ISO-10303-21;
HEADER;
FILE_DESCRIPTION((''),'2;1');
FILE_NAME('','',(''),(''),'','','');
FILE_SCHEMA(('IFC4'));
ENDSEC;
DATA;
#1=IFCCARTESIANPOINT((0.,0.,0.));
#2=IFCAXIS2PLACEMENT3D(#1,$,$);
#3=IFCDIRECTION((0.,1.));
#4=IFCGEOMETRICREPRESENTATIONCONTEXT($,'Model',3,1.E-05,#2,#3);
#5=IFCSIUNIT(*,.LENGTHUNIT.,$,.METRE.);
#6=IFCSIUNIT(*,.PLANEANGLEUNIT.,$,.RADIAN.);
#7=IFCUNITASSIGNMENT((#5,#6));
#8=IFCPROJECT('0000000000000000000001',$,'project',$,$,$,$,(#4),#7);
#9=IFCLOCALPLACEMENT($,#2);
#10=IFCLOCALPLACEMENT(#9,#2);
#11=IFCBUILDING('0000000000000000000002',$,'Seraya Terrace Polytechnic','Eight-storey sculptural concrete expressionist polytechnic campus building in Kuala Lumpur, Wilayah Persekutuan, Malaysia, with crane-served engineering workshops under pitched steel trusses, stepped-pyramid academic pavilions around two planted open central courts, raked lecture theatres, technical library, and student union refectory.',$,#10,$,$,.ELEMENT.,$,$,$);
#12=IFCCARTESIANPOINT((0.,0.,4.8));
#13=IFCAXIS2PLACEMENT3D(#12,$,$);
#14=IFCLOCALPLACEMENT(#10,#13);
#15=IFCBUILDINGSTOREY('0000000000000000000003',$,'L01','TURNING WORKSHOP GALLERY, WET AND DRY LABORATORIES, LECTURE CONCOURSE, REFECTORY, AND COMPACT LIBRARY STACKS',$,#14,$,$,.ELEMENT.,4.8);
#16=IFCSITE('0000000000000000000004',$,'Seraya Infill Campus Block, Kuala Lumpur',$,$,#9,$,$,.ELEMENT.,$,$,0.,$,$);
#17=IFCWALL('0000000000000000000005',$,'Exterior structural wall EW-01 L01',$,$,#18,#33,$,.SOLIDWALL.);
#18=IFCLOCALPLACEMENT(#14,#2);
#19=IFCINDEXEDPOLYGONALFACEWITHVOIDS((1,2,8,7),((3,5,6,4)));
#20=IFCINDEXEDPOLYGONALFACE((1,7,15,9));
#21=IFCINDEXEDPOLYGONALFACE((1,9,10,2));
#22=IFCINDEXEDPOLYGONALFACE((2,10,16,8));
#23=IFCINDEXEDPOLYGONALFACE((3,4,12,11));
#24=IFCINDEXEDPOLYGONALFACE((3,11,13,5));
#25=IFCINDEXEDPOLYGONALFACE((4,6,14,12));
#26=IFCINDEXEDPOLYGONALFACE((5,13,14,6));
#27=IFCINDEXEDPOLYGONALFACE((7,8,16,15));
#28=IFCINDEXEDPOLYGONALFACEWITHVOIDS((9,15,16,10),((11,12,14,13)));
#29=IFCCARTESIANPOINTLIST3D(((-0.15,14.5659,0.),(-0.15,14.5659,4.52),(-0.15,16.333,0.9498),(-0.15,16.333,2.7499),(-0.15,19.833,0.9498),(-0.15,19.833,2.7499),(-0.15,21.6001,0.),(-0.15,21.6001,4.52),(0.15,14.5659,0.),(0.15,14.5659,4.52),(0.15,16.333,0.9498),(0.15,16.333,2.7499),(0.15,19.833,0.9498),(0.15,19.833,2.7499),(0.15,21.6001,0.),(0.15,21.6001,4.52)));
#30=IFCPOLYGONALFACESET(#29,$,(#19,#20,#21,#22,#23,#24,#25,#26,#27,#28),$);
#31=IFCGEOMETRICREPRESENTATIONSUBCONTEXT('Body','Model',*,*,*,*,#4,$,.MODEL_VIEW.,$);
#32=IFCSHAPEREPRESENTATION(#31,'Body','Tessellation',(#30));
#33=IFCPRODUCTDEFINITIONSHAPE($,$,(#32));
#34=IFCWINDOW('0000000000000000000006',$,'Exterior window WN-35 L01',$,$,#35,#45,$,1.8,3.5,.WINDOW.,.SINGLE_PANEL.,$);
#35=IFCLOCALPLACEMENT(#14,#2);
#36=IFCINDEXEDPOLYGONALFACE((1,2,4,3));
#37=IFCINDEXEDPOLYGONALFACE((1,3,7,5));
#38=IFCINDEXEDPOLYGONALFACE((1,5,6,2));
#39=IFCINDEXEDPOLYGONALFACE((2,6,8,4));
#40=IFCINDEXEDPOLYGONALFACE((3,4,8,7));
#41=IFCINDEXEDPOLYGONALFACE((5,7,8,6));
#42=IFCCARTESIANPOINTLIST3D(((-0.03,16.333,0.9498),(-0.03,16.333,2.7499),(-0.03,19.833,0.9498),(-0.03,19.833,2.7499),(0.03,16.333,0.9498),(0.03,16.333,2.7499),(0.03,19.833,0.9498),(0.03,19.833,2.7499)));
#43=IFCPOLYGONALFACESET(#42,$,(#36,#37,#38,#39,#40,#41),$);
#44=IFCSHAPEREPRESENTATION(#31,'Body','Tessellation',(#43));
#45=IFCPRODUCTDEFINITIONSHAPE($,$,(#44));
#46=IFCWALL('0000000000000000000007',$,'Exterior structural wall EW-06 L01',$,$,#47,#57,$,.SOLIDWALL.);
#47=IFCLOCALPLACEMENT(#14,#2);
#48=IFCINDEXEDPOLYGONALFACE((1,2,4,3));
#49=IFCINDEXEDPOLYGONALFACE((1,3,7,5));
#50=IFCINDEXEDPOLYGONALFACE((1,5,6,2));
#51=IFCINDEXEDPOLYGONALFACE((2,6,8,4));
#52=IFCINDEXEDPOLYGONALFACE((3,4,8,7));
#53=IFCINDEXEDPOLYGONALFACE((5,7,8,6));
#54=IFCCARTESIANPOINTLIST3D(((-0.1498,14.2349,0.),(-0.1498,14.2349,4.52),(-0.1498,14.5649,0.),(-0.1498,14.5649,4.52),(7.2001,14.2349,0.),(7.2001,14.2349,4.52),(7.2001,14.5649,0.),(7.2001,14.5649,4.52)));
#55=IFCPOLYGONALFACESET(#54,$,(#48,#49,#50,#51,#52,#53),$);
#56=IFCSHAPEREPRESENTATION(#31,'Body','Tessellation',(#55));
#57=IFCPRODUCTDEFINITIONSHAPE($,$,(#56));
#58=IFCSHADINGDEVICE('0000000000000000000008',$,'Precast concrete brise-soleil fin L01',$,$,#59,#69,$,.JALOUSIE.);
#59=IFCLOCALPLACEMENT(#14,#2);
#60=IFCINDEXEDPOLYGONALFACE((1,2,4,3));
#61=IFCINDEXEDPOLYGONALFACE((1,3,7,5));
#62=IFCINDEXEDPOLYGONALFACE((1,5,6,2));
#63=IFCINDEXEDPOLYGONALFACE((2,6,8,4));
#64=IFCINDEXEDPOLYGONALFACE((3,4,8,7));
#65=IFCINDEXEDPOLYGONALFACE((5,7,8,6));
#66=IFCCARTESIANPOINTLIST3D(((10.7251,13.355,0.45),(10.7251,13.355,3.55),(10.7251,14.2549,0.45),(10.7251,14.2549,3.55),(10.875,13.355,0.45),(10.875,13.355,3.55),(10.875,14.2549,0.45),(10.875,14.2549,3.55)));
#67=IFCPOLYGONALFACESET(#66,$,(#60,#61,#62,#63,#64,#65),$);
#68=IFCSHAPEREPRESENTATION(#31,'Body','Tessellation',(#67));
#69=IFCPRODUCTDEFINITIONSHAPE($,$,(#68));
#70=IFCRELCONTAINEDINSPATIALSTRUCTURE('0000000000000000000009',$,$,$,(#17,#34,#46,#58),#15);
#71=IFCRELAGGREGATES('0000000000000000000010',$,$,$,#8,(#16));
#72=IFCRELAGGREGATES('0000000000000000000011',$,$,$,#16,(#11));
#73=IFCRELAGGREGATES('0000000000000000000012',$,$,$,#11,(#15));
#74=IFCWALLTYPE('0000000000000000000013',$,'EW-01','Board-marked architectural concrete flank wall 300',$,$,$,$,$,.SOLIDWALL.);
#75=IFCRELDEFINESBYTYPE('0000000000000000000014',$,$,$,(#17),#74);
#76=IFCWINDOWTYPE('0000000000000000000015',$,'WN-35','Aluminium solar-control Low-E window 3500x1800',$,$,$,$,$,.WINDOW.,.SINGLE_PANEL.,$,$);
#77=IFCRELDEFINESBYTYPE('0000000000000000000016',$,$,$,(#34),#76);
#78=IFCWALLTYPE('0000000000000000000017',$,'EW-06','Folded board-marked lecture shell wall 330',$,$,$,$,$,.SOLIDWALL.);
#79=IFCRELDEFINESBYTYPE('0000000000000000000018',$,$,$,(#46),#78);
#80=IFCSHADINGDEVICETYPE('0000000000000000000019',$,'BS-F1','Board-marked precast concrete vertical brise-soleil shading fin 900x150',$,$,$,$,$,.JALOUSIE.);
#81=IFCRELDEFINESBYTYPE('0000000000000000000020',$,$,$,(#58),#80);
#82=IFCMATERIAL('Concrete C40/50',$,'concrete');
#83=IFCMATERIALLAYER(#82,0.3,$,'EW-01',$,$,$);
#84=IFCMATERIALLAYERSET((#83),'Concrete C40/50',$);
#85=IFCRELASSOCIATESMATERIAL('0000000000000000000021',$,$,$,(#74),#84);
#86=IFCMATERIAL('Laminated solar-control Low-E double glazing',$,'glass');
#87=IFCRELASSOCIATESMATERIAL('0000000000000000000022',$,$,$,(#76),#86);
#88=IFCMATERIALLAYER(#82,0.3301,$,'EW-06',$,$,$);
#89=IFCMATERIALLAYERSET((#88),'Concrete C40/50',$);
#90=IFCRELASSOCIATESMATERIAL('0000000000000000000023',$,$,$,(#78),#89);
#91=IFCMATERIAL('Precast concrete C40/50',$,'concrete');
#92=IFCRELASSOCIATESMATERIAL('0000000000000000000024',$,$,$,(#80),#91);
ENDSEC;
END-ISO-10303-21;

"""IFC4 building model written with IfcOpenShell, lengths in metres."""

from ifc_helpers import new_model, si_unit, direction, frame, frame_2d, origin, origin_2d, place, context, subcontext, project, spatial, rectangle, extrude, material, layer, layer_set, type_object, element, fill, save


model = new_model("IFC4")

# Units and contexts
model_context = context("Model", 3, precision=1e-05, world=origin(), true_north=direction((0.0, 1.0)))
body_context = subcontext(model_context, "Body", "Model", "MODEL_VIEW")
ifc_project = project(units=[si_unit("LENGTHUNIT", "METRE"), si_unit("PLANEANGLEUNIT", "RADIAN")], contexts=[model_context])

# Site, building, storey
site_placement = place(None, origin())
site = spatial("IfcSite", under=ifc_project, at=site_placement, Name="Seraya Infill Campus Block, Kuala Lumpur", CompositionType="ELEMENT", RefElevation=0.0)
building_placement = place(site_placement, origin())
building = spatial("IfcBuilding", under=site, at=building_placement, Name="Seraya Terrace Polytechnic", Description="Eight-storey sculptural concrete expressionist polytechnic campus building in Kuala Lumpur, Wilayah Persekutuan, Malaysia, with crane-served engineering workshops under pitched steel trusses, stepped-pyramid academic pavilions around two planted open central courts, raked lecture theatres, technical library, and student union refectory.", CompositionType="ELEMENT")
storey_placement = place(building_placement, frame((0.0, 0.0, 4.8)))
storey = spatial("IfcBuildingStorey", under=building, at=storey_placement, Name="L01", Description="TURNING WORKSHOP GALLERY, WET AND DRY LABORATORIES, LECTURE CONCOURSE, REFECTORY, AND COMPACT LIBRARY STACKS", CompositionType="ELEMENT", Elevation=4.8)

# Shared definitions
ifc_material_1 = material(Name="Concrete C40/50", Category="concrete")

# Wall, opening, window
ifc_layer_1 = layer(ifc_material_1, 0.3, Name="EW-01")
ifc_layer_set_1 = layer_set([ifc_layer_1], Name="Concrete C40/50")
wall_type_1 = type_object("IfcWallType", Name="EW-01", Description="Board-marked architectural concrete flank wall 300", PredefinedType="SOLIDWALL", material=ifc_layer_set_1)
wall_1_placement = place(storey_placement, frame((0.0, 14.5659, 0.0), z_axis=(0.0, 0.0, 1.0), x_axis=(0.0, 1.0, 0.0)))
wall_1 = element("IfcWall", 1, at=wall_1_placement, inside=storey, type_object=wall_type_1, Name="Exterior structural wall EW-01 L01", PredefinedType="SOLIDWALL", context=body_context, shape_type="SweptSolid", body=[
    extrude(rectangle(XDim=7.0342, YDim=0.3, at=frame_2d((3.5171, 0.0))), origin(), (0.0, 0.0, 1.0), 4.52),
])
opening_placement = place(wall_1_placement, frame((1.7671, 0.0, 0.95)))
opening = element("IfcOpeningElement", 2, at=opening_placement, cuts=wall_1, PredefinedType="OPENING", context=body_context, shape_type="SweptSolid", body=[
    extrude(rectangle(XDim=3.5, YDim=1.8, at=frame_2d((1.75, 0.8999))), frame((0.0, 0.1621, 0.0), z_axis=(0.0, -1.0, 0.0), x_axis=(1.0, 0.0, 0.0)), (0.0, 0.0, 1.0), 0.324),
])
ifc_material_2 = material(Name="Laminated solar-control Low-E double glazing", Category="glass")
window_type = type_object("IfcWindowType", Name="WN-35", Description="Aluminium solar-control Low-E window 3500x1800", PartitioningType="SINGLE_PANEL", PredefinedType="WINDOW", material=ifc_material_2)
window_placement = place(opening_placement, origin())
window = element("IfcWindow", 3, at=window_placement, inside=storey, type_object=window_type, Name="Exterior window WN-35 L01", OverallHeight=1.8, OverallWidth=3.5, PartitioningType="SINGLE_PANEL", PredefinedType="WINDOW", context=body_context, shape_type="SweptSolid", body=[
    extrude(rectangle(XDim=3.5, YDim=1.8, at=frame_2d((1.75, 0.8999))), frame((0.0, 0.03, 0.0), z_axis=(0.0, -1.0, 0.0), x_axis=(1.0, 0.0, 0.0)), (0.0, 0.0, 1.0), 0.0601),
])
fill(opening, window)

# Wall
ifc_layer_2 = layer(ifc_material_1, 0.3301, Name="EW-06")
ifc_layer_set_2 = layer_set([ifc_layer_2], Name="Concrete C40/50")
wall_type_2 = type_object("IfcWallType", Name="EW-06", Description="Folded board-marked lecture shell wall 330", PredefinedType="SOLIDWALL", material=ifc_layer_set_2)
wall_2_placement = place(storey_placement, frame((7.2, 14.3999, 0.0), z_axis=(0.0, 0.0, 1.0), x_axis=(-1.0, 0.0, 0.0)))
element("IfcWall", 4, at=wall_2_placement, inside=storey, type_object=wall_type_2, Name="Exterior structural wall EW-06 L01", PredefinedType="SOLIDWALL", context=body_context, shape_type="SweptSolid", body=[
    extrude(rectangle(XDim=7.3499, YDim=0.3301, at=frame_2d((3.6748, 0.0))), origin(), (0.0, 0.0, 1.0), 4.52),
])

# Shading device
ifc_material_3 = material(Name="Precast concrete C40/50", Category="concrete")
shading_device_type = type_object("IfcShadingDeviceType", Name="BS-F1", Description="Board-marked precast concrete vertical brise-soleil shading fin 900x150", PredefinedType="JALOUSIE", material=ifc_material_3)
shading_device_placement = place(storey_placement, frame((10.8, 13.8049, 0.45), z_axis=(0.0, 0.0, 1.0), x_axis=(0.0, -1.0, 0.0)))
element("IfcShadingDevice", 5, at=shading_device_placement, inside=storey, type_object=shading_device_type, Name="Precast concrete brise-soleil fin L01", PredefinedType="JALOUSIE", context=body_context, shape_type="SweptSolid", body=[
    extrude(rectangle(XDim=0.8999, YDim=0.1499, at=origin_2d()), origin(), (0.0, 0.0, 1.0), 3.1001),
])

save(model, "model.ifc")
